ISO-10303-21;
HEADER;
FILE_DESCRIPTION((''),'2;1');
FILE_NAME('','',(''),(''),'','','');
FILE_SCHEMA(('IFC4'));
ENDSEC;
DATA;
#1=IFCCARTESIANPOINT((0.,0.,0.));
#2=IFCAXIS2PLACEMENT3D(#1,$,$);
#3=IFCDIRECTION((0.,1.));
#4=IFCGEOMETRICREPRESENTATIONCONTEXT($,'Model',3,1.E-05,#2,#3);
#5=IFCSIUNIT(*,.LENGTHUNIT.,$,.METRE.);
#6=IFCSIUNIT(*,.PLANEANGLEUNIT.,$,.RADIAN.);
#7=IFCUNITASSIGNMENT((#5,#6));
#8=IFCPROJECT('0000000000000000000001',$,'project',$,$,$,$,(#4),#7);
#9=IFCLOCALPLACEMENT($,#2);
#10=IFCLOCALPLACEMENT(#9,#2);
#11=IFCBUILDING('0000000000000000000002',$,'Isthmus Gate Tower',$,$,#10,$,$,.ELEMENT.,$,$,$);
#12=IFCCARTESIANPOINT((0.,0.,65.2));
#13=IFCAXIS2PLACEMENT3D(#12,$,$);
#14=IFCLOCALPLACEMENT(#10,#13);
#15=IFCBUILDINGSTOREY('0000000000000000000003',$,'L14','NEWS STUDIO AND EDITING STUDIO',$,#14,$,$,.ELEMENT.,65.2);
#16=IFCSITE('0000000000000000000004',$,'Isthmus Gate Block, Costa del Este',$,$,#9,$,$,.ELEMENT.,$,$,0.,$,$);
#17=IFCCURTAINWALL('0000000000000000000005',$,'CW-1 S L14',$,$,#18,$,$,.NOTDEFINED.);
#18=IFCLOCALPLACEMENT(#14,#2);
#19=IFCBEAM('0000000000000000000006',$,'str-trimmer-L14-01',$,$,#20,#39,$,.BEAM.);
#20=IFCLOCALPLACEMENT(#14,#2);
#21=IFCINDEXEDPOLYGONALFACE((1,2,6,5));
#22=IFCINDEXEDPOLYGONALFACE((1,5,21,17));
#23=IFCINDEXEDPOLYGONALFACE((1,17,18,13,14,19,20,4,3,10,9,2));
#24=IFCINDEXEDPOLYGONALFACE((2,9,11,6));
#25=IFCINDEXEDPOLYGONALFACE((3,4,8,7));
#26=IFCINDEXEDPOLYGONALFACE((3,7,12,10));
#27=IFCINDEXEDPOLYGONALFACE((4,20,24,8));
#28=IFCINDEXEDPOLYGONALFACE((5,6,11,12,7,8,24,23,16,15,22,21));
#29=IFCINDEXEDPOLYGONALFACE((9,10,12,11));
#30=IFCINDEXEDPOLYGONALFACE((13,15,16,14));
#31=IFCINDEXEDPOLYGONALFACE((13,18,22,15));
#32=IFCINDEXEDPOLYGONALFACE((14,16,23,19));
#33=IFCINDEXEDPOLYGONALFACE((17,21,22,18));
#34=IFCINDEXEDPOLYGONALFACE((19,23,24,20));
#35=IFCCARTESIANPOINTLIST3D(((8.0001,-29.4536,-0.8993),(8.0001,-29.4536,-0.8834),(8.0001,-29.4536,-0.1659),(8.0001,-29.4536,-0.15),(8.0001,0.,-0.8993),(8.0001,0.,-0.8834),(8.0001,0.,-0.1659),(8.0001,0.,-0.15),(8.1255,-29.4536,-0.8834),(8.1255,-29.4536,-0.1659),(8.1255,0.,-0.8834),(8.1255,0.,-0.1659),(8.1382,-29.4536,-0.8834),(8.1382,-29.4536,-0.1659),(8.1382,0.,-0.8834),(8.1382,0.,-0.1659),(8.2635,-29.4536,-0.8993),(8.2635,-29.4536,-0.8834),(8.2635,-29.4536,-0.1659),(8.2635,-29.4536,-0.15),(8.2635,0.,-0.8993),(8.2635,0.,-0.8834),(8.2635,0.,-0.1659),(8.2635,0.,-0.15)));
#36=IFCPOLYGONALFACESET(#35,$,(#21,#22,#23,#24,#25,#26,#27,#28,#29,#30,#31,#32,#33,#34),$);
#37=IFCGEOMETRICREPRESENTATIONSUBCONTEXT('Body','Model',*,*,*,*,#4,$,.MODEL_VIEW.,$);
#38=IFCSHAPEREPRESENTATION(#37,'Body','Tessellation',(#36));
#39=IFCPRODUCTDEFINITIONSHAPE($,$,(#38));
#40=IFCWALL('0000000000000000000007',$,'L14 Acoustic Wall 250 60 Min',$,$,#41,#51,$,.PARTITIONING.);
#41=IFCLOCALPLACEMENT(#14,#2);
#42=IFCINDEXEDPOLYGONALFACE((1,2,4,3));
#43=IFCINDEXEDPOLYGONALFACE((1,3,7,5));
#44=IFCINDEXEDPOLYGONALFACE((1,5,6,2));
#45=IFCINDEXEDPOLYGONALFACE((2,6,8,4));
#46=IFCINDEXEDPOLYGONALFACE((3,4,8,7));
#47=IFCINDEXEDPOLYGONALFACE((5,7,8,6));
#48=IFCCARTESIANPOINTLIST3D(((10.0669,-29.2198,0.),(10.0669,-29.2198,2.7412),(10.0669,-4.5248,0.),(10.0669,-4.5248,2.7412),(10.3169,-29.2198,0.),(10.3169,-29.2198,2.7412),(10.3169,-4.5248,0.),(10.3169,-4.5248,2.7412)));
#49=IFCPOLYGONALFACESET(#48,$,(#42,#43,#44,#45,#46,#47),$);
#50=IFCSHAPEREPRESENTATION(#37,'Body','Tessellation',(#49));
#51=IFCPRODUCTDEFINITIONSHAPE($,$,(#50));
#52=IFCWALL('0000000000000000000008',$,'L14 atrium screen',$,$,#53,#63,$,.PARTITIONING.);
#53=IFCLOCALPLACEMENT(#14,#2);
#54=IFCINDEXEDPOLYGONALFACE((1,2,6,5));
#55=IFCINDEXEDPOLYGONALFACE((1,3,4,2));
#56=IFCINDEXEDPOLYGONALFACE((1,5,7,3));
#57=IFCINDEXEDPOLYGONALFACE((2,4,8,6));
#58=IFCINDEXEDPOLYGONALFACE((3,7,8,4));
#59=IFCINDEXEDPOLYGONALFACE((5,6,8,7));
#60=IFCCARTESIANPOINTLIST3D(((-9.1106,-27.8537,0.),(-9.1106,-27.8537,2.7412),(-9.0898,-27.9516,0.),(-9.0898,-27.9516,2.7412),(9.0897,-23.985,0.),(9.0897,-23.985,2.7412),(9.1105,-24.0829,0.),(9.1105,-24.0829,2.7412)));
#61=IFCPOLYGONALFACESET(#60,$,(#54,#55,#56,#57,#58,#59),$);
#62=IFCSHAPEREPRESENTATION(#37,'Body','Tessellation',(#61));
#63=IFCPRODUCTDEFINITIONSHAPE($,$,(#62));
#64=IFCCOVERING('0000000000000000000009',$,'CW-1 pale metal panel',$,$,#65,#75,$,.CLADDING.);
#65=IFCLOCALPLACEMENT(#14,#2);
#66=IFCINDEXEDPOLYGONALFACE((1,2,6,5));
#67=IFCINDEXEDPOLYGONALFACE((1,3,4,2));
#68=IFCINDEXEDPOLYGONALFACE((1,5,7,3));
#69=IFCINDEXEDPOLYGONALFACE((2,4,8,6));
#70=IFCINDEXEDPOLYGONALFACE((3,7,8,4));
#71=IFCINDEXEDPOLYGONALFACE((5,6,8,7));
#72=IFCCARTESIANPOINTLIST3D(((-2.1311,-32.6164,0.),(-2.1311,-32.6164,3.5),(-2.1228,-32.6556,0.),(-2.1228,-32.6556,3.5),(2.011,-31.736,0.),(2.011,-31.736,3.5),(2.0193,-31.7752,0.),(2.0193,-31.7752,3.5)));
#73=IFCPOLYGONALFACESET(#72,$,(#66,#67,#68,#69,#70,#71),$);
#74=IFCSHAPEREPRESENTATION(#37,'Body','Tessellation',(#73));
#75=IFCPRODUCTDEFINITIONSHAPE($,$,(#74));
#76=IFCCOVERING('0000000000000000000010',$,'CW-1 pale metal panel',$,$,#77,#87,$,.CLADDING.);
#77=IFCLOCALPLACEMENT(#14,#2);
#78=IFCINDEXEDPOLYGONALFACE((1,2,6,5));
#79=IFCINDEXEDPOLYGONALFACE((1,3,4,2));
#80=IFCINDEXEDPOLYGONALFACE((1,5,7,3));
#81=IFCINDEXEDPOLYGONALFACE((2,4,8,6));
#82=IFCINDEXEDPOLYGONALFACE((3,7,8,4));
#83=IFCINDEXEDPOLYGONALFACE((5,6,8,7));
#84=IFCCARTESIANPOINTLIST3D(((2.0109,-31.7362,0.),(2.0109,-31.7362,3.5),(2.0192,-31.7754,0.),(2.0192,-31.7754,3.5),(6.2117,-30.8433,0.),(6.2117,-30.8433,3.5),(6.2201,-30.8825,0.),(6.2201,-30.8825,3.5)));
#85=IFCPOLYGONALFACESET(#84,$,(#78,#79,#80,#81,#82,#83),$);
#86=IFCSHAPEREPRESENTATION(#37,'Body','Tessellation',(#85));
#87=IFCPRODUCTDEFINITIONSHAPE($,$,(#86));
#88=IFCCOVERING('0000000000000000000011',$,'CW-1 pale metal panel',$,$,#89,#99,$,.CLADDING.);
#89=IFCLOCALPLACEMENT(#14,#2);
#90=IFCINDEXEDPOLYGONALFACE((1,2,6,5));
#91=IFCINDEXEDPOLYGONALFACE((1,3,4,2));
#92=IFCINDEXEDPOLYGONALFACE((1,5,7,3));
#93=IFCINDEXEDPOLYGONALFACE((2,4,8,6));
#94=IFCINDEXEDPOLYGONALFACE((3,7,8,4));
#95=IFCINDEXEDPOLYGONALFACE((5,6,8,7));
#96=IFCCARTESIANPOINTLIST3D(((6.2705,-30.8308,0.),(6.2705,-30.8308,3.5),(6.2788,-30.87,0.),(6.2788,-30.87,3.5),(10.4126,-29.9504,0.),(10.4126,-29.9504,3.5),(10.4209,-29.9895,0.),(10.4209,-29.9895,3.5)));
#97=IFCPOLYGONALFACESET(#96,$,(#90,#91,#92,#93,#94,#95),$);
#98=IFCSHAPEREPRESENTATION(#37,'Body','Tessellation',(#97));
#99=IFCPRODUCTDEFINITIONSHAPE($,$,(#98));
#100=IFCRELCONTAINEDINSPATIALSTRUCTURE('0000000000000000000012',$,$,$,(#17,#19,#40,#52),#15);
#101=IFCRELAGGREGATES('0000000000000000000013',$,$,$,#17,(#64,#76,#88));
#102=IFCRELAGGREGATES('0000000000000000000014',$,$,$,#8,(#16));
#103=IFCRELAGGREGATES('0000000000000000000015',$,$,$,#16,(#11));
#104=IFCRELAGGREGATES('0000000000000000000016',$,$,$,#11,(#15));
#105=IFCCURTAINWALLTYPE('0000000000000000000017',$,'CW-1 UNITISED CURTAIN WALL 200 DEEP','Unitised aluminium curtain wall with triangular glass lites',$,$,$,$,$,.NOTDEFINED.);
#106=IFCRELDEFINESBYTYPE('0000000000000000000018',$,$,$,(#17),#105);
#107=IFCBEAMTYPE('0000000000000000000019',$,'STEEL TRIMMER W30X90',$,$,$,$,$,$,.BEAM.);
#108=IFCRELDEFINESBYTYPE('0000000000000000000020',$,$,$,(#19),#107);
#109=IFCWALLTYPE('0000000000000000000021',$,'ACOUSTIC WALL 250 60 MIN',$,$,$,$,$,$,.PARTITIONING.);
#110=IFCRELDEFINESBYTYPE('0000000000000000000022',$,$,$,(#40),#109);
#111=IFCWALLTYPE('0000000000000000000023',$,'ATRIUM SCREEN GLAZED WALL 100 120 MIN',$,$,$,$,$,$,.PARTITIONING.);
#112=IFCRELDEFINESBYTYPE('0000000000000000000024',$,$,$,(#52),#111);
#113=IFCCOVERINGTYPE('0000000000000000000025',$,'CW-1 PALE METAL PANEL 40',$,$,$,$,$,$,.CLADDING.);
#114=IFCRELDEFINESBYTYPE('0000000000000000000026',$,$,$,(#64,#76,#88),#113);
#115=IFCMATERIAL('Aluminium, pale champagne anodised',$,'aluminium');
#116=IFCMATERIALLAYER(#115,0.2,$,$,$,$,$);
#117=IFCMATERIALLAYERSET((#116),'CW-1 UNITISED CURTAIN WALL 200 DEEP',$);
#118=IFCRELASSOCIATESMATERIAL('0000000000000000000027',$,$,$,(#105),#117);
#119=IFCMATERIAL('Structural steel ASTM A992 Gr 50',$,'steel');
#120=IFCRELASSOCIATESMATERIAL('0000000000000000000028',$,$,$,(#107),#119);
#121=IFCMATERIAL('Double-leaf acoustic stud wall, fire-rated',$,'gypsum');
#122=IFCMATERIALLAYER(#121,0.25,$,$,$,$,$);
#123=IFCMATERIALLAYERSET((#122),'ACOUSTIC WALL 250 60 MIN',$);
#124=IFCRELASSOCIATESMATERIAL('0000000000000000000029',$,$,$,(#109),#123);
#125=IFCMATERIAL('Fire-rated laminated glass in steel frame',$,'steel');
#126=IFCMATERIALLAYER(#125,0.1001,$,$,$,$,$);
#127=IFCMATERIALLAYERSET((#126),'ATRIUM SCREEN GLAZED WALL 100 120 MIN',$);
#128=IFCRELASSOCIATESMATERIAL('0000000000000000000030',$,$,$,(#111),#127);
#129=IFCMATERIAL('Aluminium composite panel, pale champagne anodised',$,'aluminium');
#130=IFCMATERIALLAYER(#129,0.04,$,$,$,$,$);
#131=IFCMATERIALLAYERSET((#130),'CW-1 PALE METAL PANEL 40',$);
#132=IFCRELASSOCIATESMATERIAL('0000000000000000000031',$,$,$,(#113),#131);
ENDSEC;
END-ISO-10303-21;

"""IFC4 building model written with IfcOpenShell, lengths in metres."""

from ifc_helpers import new_model, si_unit, direction, frame, frame_2d, origin, origin_2d, place, context, subcontext, project, spatial, rectangle, i_section, extrude, material, layer, layer_set, material_profile, profile_set, type_object, element, aggregate, save


model = new_model("IFC4")

# Units and contexts
model_context = context("Model", 3, precision=1e-05, world=origin(), true_north=direction((0.0, 1.0)))
body_context = subcontext(model_context, "Body", "Model", "MODEL_VIEW")
ifc_project = project(units=[si_unit("LENGTHUNIT", "METRE"), si_unit("PLANEANGLEUNIT", "RADIAN")], contexts=[model_context])

# Site, building, storey
site_placement = place(None, origin())
site = spatial("IfcSite", under=ifc_project, at=site_placement, Name="Isthmus Gate Block, Costa del Este", CompositionType="ELEMENT", RefElevation=0.0)
building_placement = place(site_placement, origin())
building = spatial("IfcBuilding", under=site, at=building_placement, Name="Isthmus Gate Tower", CompositionType="ELEMENT")
storey_placement = place(building_placement, frame((0.0, 0.0, 65.2)))
storey = spatial("IfcBuildingStorey", under=building, at=storey_placement, Name="L14", Description="NEWS STUDIO AND EDITING STUDIO", CompositionType="ELEMENT", Elevation=65.2)

# Curtain wall
ifc_material_1 = material(Name="Aluminium, pale champagne anodised", Category="aluminium")
ifc_layer_1 = layer(ifc_material_1, 0.2)
ifc_layer_set_1 = layer_set([ifc_layer_1], Name="CW-1 UNITISED CURTAIN WALL 200 DEEP")
curtain_wall_type = type_object("IfcCurtainWallType", Name="CW-1 UNITISED CURTAIN WALL 200 DEEP", Description="Unitised aluminium curtain wall with triangular glass lites", PredefinedType="NOTDEFINED", material=ifc_layer_set_1)
curtain_wall_placement = place(storey_placement, origin())
curtain_wall = element("IfcCurtainWall", 1, at=curtain_wall_placement, inside=storey, type_object=curtain_wall_type, Name="CW-1 S L14", PredefinedType="NOTDEFINED")

# Beam
ifc_material_2 = material(Name="Structural steel ASTM A992 Gr 50", Category="steel")
ifc_material_profile_1 = material_profile(ifc_material_2, i_section(OverallWidth=0.2634, OverallDepth=0.7493, WebThickness=0.0127, FlangeThickness=0.0159, at=origin_2d()), Name="W30X90")
ifc_profile_set_1 = profile_set([ifc_material_profile_1], Name="Structural steel ASTM A992 Gr 50")
beam_type_1 = type_object("IfcBeamType", Name="STEEL TRIMMER W30X90", PredefinedType="BEAM", material=ifc_profile_set_1)
beam_1_placement = place(storey_placement, frame((8.1318, -29.4536, -0.5247), z_axis=(0.0, 1.0, 0.0), x_axis=(-1.0, 0.0, 0.0)))
element("IfcBeam", 2, at=beam_1_placement, inside=storey, type_object=beam_type_1, Name="str-trimmer-L14-01", PredefinedType="BEAM", context=body_context, shape_type="SweptSolid", body=[
    extrude(i_section(OverallWidth=0.2634, OverallDepth=0.7493, WebThickness=0.0127, FlangeThickness=0.0159, at=origin_2d()), origin(), (0.0, 0.0, 1.0), 29.4536),
])

# Walls
ifc_material_3 = material(Name="Double-leaf acoustic stud wall, fire-rated", Category="gypsum")
ifc_layer_2 = layer(ifc_material_3, 0.25)
ifc_layer_set_2 = layer_set([ifc_layer_2], Name="ACOUSTIC WALL 250 60 MIN")
wall_type_1 = type_object("IfcWallType", Name="ACOUSTIC WALL 250 60 MIN", PredefinedType="PARTITIONING", material=ifc_layer_set_2)
wall_1_placement = place(storey_placement, frame((10.1919, -29.22, 0.0), z_axis=(0.0, 0.0, 1.0), x_axis=(0.0, 1.0, 0.0)))
element("IfcWall", 3, at=wall_1_placement, inside=storey, type_object=wall_type_1, Name="L14 Acoustic Wall 250 60 Min", PredefinedType="PARTITIONING", context=body_context, shape_type="SweptSolid", body=[
    extrude(rectangle(XDim=24.6951, YDim=0.25, at=frame_2d((12.3477, 0.0))), origin(), (0.0, 0.0, 1.0), 2.7412),
])
ifc_material_4 = material(Name="Fire-rated laminated glass in steel frame", Category="steel")
ifc_layer_3 = layer(ifc_material_4, 0.1001)
ifc_layer_set_3 = layer_set([ifc_layer_3], Name="ATRIUM SCREEN GLAZED WALL 100 120 MIN")
wall_type_2 = type_object("IfcWallType", Name="ATRIUM SCREEN GLAZED WALL 100 120 MIN", PredefinedType="PARTITIONING", material=ifc_layer_set_3)
wall_2_placement = place(storey_placement, frame((9.1001, -24.0339, 0.0), z_axis=(0.0, 0.0, 1.0), x_axis=(-0.978147, -0.207916, 0.0)))
element("IfcWall", 4, at=wall_2_placement, inside=storey, type_object=wall_type_2, Name="L14 atrium screen", PredefinedType="PARTITIONING", context=body_context, shape_type="SweptSolid", body=[
    extrude(rectangle(XDim=18.6069, YDim=0.1001, at=frame_2d((9.3035, 0.0))), origin(), (0.0, 0.0, 1.0), 2.7412),
])

# Coverings
ifc_material_5 = material(Name="Aluminium composite panel, pale champagne anodised", Category="aluminium")
ifc_layer_4 = layer(ifc_material_5, 0.04)
ifc_layer_set_4 = layer_set([ifc_layer_4], Name="CW-1 PALE METAL PANEL 40")
covering_type = type_object("IfcCoveringType", Name="CW-1 PALE METAL PANEL 40", PredefinedType="CLADDING", material=ifc_layer_set_4)
covering_1_placement = place(storey_placement, frame((-0.0559, -32.1958, 0.0), z_axis=(0.0, 0.0, 1.0), x_axis=(0.978148, 0.207912, 0.0)))
covering_1 = element("IfcCovering", 5, at=covering_1_placement, type_object=covering_type, Name="CW-1 pale metal panel", PredefinedType="CLADDING", context=body_context, shape_type="SweptSolid", body=[
    extrude(rectangle(XDim=4.2346, YDim=0.04, at=origin_2d()), origin(), (0.0, 0.0, 1.0), 3.5),
])
covering_2_placement = place(storey_placement, frame((4.1155, -31.3093, 0.0), z_axis=(0.0, 0.0, 1.0), x_axis=(0.978148, 0.207912, 0.0)))
covering_2 = element("IfcCovering", 6, at=covering_2_placement, type_object=covering_type, Name="CW-1 pale metal panel", PredefinedType="CLADDING", context=body_context, shape_type="SweptSolid", body=[
    extrude(rectangle(XDim=4.2947, YDim=0.04, at=origin_2d()), origin(), (0.0, 0.0, 1.0), 3.5),
])
covering_3_placement = place(storey_placement, frame((8.3457, -30.4102, 0.0), z_axis=(0.0, 0.0, 1.0), x_axis=(0.978148, 0.207912, 0.0)))
covering_3 = element("IfcCovering", 7, at=covering_3_placement, type_object=covering_type, Name="CW-1 pale metal panel", PredefinedType="CLADDING", context=body_context, shape_type="SweptSolid", body=[
    extrude(rectangle(XDim=4.2346, YDim=0.04, at=origin_2d()), origin(), (0.0, 0.0, 1.0), 3.5),
])
aggregate(curtain_wall, [covering_1, covering_2, covering_3])

save(model, "model.ifc")
